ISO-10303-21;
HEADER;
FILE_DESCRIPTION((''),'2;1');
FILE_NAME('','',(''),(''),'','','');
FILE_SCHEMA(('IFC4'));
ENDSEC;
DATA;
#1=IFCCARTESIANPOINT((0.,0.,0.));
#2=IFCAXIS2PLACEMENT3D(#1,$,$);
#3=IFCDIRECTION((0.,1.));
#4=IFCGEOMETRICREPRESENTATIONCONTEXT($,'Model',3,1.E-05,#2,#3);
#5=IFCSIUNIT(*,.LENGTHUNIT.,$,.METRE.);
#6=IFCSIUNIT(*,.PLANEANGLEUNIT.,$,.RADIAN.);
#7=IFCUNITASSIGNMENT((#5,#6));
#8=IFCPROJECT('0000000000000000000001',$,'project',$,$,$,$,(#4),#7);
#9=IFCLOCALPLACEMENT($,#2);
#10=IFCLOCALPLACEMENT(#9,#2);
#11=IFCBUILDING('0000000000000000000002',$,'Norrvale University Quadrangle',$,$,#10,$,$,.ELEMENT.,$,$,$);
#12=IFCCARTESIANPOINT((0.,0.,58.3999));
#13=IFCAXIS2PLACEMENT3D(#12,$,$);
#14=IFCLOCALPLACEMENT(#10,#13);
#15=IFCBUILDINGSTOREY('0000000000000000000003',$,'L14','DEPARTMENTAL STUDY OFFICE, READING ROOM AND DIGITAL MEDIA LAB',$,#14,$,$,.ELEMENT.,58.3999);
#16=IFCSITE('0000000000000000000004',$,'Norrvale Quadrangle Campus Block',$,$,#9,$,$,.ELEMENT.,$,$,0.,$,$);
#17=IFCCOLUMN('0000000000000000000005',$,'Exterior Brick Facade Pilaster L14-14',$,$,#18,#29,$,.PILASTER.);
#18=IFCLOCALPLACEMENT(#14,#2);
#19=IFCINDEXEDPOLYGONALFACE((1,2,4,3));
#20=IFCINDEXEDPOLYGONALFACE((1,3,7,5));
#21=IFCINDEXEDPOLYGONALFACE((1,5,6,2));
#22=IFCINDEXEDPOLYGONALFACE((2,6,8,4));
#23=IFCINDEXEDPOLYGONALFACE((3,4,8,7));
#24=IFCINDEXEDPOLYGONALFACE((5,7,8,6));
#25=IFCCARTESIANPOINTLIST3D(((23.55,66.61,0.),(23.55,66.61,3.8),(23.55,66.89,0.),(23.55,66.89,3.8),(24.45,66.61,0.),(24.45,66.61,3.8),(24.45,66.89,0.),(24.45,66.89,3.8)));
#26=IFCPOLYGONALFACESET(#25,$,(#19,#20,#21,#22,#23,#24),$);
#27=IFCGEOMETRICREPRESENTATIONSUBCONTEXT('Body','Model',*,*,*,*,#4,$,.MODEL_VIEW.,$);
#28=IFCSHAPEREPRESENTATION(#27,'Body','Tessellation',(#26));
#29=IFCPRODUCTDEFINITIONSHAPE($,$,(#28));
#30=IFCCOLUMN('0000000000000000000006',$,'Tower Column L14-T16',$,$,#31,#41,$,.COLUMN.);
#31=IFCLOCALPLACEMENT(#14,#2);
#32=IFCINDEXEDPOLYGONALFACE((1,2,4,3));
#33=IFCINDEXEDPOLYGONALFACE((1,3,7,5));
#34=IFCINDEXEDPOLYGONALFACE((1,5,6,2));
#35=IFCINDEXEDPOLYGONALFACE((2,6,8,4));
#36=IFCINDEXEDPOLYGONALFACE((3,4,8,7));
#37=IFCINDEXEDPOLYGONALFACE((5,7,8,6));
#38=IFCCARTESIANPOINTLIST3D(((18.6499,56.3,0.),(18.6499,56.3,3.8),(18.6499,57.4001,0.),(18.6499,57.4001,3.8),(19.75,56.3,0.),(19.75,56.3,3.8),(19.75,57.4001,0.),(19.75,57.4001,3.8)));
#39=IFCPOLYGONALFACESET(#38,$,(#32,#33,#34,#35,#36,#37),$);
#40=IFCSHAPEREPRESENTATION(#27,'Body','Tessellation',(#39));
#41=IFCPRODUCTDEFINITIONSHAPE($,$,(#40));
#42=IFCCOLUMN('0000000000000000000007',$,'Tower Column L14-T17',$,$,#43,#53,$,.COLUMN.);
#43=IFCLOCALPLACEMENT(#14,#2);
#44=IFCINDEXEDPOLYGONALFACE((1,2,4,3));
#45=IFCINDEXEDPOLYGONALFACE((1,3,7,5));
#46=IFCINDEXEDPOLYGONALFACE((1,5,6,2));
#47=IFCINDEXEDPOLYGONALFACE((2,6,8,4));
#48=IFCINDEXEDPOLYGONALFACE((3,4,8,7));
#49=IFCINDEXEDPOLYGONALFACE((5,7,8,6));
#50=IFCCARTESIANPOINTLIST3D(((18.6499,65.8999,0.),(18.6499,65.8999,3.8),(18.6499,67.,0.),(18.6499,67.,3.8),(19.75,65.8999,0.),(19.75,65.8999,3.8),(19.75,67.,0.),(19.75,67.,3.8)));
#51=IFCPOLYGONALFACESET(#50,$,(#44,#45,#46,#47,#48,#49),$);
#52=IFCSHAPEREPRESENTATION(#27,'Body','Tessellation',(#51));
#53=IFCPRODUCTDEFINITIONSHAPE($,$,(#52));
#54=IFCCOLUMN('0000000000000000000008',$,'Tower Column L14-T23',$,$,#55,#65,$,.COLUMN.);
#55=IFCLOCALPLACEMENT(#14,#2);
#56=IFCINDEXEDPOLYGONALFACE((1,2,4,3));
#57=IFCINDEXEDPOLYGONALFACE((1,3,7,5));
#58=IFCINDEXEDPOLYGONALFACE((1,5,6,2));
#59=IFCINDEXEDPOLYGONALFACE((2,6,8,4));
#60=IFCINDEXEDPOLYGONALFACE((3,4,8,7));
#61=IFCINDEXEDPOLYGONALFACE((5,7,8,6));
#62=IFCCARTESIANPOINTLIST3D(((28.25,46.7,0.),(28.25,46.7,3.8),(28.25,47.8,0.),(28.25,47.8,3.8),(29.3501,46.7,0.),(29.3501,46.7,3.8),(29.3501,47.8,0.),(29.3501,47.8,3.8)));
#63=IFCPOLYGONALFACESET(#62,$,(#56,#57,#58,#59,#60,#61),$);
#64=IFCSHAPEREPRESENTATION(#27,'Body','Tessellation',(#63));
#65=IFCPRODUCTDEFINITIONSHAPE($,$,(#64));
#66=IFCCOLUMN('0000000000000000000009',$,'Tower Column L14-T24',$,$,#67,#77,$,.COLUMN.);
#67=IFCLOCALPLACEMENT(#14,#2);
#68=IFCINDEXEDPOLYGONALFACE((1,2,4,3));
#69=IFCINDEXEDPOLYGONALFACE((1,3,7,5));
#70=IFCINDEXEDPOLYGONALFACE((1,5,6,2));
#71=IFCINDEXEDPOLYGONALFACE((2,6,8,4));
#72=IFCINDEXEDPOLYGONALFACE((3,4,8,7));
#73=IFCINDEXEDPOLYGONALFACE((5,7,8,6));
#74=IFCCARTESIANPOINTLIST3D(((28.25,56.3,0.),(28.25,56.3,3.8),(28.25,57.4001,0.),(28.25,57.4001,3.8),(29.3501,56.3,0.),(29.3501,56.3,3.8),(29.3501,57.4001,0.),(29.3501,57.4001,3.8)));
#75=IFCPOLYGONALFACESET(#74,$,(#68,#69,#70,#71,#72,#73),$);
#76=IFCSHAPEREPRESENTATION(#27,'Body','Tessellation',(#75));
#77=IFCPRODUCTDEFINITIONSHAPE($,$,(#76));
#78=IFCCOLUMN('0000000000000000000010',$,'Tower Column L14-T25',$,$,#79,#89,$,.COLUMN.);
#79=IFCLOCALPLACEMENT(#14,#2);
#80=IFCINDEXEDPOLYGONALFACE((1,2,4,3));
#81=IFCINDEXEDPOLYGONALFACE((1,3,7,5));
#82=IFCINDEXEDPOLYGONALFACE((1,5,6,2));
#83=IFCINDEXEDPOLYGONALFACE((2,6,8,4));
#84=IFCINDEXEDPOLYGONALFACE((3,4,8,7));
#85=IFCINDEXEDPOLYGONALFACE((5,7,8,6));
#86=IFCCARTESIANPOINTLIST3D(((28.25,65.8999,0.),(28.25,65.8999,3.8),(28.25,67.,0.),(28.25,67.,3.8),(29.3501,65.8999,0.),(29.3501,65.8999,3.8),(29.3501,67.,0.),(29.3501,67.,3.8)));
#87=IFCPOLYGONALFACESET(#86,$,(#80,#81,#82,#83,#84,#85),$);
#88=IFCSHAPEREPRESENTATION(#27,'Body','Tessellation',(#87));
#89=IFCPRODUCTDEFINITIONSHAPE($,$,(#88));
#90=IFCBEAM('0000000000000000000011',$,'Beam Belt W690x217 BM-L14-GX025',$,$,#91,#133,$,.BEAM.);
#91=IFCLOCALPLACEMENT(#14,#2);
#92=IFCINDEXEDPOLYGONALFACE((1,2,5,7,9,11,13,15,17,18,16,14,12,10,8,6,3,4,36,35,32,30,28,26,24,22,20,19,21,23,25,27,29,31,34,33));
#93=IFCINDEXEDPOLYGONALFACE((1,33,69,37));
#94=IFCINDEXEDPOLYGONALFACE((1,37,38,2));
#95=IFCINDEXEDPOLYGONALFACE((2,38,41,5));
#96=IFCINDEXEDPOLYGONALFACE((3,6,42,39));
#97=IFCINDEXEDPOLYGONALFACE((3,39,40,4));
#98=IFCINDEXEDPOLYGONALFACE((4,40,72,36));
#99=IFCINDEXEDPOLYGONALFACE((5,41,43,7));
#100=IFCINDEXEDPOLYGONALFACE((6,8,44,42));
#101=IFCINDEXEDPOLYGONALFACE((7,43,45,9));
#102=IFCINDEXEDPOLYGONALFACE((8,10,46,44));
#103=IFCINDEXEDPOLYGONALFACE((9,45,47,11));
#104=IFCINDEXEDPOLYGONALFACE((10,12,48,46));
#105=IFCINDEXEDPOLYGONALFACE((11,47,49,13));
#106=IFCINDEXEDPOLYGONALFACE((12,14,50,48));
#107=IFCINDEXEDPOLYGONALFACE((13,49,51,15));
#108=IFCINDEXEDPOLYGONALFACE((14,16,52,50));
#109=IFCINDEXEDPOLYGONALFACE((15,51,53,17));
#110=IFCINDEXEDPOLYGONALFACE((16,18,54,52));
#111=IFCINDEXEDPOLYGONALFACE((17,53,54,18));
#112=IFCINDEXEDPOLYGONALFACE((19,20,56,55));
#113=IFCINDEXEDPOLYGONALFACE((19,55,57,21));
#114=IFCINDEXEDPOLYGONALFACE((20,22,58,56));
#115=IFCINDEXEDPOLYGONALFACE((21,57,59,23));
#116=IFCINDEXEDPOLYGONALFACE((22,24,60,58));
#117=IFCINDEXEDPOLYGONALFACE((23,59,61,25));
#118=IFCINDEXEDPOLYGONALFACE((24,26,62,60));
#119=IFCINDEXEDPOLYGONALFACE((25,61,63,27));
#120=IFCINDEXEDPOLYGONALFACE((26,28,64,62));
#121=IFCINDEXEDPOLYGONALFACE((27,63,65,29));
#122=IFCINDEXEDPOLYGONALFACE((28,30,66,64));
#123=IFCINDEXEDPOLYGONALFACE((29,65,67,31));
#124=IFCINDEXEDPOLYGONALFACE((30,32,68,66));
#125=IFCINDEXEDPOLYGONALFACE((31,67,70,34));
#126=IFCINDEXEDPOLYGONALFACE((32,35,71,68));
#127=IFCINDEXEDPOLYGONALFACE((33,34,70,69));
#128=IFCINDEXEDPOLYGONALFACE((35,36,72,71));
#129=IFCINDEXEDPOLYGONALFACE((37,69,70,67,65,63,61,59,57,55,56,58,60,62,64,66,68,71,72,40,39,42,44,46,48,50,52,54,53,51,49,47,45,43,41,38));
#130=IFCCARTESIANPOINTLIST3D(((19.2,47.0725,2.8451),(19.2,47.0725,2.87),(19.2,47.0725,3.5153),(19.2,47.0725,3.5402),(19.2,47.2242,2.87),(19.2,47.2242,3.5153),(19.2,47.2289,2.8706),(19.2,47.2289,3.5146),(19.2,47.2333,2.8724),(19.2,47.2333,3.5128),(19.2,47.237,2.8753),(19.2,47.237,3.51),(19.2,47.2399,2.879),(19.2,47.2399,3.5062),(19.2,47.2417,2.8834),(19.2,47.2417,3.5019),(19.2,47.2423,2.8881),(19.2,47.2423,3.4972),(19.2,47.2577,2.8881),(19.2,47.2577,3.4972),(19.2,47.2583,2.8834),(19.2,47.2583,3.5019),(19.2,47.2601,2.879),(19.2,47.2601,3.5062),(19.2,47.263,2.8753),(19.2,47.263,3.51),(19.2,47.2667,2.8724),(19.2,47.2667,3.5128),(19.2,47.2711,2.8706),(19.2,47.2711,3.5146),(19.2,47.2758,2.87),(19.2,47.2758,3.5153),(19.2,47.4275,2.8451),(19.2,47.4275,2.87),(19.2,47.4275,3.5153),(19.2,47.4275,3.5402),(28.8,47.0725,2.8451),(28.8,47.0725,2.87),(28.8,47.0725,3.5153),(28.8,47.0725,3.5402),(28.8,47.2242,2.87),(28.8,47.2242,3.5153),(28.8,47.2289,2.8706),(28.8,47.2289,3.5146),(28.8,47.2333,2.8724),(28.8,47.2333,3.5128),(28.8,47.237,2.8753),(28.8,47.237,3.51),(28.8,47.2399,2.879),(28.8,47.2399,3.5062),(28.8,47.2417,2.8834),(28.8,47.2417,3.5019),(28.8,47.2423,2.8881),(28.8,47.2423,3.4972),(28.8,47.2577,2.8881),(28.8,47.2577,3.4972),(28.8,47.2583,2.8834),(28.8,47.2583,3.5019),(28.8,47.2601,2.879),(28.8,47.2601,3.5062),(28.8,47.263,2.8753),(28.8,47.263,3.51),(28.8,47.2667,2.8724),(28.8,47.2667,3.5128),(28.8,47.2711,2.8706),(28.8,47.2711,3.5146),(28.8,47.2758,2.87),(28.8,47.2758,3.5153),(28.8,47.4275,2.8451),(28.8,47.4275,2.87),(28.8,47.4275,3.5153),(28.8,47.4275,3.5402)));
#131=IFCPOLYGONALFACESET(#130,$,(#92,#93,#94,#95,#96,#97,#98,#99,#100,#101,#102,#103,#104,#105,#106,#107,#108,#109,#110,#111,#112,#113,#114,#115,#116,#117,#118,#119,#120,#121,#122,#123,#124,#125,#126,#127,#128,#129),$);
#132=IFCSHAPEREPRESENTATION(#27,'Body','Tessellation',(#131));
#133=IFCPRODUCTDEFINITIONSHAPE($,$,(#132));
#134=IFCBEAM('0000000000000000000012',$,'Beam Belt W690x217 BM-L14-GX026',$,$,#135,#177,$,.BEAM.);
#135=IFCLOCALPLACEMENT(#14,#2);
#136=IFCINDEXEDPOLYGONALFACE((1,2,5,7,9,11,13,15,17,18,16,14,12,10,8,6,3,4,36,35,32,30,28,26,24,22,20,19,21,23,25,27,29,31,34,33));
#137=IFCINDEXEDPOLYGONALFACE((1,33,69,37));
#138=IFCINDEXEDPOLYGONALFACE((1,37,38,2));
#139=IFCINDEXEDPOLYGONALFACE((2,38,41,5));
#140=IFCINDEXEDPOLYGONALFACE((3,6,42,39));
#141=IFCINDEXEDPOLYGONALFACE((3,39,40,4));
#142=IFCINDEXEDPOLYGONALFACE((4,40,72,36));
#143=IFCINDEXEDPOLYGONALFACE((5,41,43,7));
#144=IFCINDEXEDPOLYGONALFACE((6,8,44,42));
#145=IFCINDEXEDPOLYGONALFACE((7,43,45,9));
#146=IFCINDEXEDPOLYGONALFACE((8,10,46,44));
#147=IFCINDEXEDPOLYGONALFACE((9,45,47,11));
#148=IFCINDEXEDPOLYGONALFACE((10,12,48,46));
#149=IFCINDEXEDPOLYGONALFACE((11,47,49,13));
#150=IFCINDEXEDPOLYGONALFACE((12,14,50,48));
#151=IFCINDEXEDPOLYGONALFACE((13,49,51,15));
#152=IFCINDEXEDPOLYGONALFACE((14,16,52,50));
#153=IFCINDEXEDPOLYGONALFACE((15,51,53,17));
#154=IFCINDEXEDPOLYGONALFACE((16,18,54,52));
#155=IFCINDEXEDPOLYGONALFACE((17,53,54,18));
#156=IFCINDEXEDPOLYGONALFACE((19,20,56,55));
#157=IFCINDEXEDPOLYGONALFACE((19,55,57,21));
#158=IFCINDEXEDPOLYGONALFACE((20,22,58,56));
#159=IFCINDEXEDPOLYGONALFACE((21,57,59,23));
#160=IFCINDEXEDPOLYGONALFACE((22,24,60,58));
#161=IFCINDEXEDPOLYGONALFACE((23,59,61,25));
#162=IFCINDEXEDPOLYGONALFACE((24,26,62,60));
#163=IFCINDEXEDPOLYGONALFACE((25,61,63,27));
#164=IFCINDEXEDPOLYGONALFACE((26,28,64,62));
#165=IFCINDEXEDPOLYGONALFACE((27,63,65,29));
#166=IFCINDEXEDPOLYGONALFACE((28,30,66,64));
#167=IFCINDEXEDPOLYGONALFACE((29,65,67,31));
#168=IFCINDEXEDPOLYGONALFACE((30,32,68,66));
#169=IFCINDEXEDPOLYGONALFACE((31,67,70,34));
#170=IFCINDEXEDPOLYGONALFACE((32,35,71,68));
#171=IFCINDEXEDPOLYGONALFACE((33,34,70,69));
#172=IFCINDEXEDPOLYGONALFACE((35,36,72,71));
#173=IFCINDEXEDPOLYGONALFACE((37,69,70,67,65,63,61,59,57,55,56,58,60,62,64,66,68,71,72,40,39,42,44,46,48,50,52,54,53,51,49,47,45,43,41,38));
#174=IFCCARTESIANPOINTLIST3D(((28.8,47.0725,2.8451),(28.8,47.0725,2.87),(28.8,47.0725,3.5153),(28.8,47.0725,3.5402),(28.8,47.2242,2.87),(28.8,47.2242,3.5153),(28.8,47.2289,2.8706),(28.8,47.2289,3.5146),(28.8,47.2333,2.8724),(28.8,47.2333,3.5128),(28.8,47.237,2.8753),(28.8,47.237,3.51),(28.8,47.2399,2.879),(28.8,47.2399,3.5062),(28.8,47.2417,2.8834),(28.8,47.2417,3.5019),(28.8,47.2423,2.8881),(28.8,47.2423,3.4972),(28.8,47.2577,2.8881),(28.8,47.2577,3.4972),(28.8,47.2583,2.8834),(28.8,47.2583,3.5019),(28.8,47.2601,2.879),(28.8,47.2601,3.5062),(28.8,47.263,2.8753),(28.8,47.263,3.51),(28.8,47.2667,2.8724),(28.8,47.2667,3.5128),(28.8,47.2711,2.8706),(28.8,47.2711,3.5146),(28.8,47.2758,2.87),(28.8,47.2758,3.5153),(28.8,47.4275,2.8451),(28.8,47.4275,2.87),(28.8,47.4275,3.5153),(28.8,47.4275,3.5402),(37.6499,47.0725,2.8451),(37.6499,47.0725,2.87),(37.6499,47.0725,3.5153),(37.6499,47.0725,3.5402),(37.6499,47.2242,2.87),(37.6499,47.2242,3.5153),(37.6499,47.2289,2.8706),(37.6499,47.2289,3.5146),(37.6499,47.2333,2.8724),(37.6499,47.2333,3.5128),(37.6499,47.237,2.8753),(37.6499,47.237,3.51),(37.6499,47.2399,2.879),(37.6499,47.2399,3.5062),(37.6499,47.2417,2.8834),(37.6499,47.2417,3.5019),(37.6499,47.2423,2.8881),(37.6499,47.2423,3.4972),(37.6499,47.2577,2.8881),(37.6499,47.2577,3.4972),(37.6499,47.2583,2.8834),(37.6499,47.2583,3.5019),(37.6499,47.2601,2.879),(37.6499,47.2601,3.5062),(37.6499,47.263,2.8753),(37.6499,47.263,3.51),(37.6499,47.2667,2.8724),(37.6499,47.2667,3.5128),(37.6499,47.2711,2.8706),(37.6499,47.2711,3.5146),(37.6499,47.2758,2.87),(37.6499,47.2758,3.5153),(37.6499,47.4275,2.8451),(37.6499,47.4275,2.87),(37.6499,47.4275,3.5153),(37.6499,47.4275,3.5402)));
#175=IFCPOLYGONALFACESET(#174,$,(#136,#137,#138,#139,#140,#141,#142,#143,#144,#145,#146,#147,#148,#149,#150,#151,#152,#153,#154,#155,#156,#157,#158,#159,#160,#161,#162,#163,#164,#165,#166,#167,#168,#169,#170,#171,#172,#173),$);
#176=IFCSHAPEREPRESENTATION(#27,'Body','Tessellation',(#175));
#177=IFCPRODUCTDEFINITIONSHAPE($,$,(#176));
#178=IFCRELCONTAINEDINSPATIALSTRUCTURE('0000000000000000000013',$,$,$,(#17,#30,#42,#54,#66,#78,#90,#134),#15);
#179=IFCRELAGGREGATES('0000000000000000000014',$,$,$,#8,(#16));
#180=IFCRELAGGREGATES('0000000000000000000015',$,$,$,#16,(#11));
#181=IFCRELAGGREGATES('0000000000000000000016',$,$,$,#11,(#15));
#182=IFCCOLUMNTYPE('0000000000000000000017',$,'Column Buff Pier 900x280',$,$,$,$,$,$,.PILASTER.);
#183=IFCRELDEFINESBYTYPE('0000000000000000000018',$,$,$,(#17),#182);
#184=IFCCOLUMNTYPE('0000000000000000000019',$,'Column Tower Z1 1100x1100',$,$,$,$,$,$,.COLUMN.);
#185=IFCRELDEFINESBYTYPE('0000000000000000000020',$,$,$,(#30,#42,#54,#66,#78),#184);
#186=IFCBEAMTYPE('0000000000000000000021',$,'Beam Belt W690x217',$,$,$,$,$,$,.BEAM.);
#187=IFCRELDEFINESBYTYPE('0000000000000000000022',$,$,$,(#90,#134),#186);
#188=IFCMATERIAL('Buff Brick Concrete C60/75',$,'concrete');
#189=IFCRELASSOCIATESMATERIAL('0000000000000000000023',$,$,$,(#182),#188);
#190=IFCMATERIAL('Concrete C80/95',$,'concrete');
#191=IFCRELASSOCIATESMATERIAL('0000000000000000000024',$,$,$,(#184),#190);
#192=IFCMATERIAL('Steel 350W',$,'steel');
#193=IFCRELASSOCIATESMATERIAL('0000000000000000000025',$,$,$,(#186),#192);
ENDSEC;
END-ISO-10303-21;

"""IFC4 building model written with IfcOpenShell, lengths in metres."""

from ifc_helpers import new_model, si_unit, direction, frame, origin, origin_2d, place, context, subcontext, project, spatial, rectangle, i_section, extrude, material, material_profile, profile_set, type_object, element, save


model = new_model("IFC4")

# Units and contexts
model_context = context("Model", 3, precision=1e-05, world=origin(), true_north=direction((0.0, 1.0)))
body_context = subcontext(model_context, "Body", "Model", "MODEL_VIEW")
ifc_project = project(units=[si_unit("LENGTHUNIT", "METRE"), si_unit("PLANEANGLEUNIT", "RADIAN")], contexts=[model_context])

# Site, building, storey
site_placement = place(None, origin())
site = spatial("IfcSite", under=ifc_project, at=site_placement, Name="Norrvale Quadrangle Campus Block", CompositionType="ELEMENT", RefElevation=0.0)
building_placement = place(site_placement, origin())
building = spatial("IfcBuilding", under=site, at=building_placement, Name="Norrvale University Quadrangle", CompositionType="ELEMENT")
storey_placement = place(building_placement, frame((0.0, 0.0, 58.3999)))
storey = spatial("IfcBuildingStorey", under=building, at=storey_placement, Name="L14", Description="DEPARTMENTAL STUDY OFFICE, READING ROOM AND DIGITAL MEDIA LAB", CompositionType="ELEMENT", Elevation=58.3999)

# Columns
ifc_material_1 = material(Name="Buff Brick Concrete C60/75", Category="concrete")
ifc_material_profile_1 = material_profile(ifc_material_1, rectangle(XDim=0.8999, YDim=0.28, at=origin_2d()), Name="Buff Brick Concrete C60/75")
ifc_profile_set_1 = profile_set([ifc_material_profile_1], Name="Buff Brick Concrete C60/75")
column_type_1 = type_object("IfcColumnType", Name="Column Buff Pier 900x280", PredefinedType="PILASTER", material=ifc_profile_set_1)
column_placement = place(storey_placement, frame((24.0, 66.75, 0.0), z_axis=(0.0, 0.0, 1.0), x_axis=(1.0, 0.0, 0.0)))
element("IfcColumn", 1, at=column_placement, inside=storey, type_object=column_type_1, Name="Exterior Brick Facade Pilaster L14-14", PredefinedType="PILASTER", context=body_context, shape_type="SweptSolid", body=[
    extrude(rectangle(XDim=0.8999, YDim=0.28, at=origin_2d()), origin(), (0.0, 0.0, 1.0), 3.8),
])
ifc_material_2 = material(Name="Concrete C80/95", Category="concrete")
ifc_material_profile_2 = material_profile(ifc_material_2, rectangle(XDim=1.1001, YDim=1.1001, at=origin_2d()), Name="Concrete C80/95")
ifc_profile_set_2 = profile_set([ifc_material_profile_2], Name="Concrete C80/95")
column_type_2 = type_object("IfcColumnType", Name="Column Tower Z1 1100x1100", PredefinedType="COLUMN", material=ifc_profile_set_2)
for number, where, z_axis, x_axis, name in (
    (2, (19.2, 56.8501, 0.0), (0.0, 0.0, 1.0), (1.0, 0.0, 0.0), "Tower Column L14-T16"),
    (3, (19.2, 66.45, 0.0), (0.0, 0.0, 1.0), (1.0, 0.0, 0.0), "Tower Column L14-T17"),
    (4, (28.8, 47.25, 0.0), (0.0, 0.0, 1.0), (1.0, 0.0, 0.0), "Tower Column L14-T23"),
    (5, (28.8, 56.8501, 0.0), (0.0, 0.0, 1.0), (1.0, 0.0, 0.0), "Tower Column L14-T24"),
    (6, (28.8, 66.45, 0.0), (0.0, 0.0, 1.0), (1.0, 0.0, 0.0), "Tower Column L14-T25"),
):
    element("IfcColumn", number, at=place(storey_placement, frame(where, z_axis=z_axis, x_axis=x_axis)), inside=storey, type_object=column_type_2, Name=name, PredefinedType="COLUMN", context=body_context, shape_type="SweptSolid", body=[
        extrude(rectangle(XDim=1.1001, YDim=1.1001, at=origin_2d()), origin(), (0.0, 0.0, 1.0), 3.8),
    ])

# Beams
ifc_material_3 = material(Name="Steel 350W", Category="steel")
ifc_material_profile_3 = material_profile(ifc_material_3, i_section(OverallWidth=0.355, OverallDepth=0.6951, WebThickness=0.0154, FlangeThickness=0.0249, FilletRadius=0.0181, at=origin_2d()), Name="Steel 350W")
ifc_profile_set_3 = profile_set([ifc_material_profile_3], Name="Steel 350W")
beam_type_1 = type_object("IfcBeamType", Name="Beam Belt W690x217", PredefinedType="BEAM", material=ifc_profile_set_3)
beam_1_placement = place(storey_placement, frame((19.2, 47.25, 3.1926), z_axis=(1.0, 0.0, 0.0), x_axis=(0.0, 1.0, 0.0)))
element("IfcBeam", 7, at=beam_1_placement, inside=storey, type_object=beam_type_1, Name="Beam Belt W690x217 BM-L14-GX025", PredefinedType="BEAM", context=body_context, shape_type="SweptSolid", body=[
    extrude(i_section(OverallWidth=0.355, OverallDepth=0.6951, WebThickness=0.0154, FlangeThickness=0.0249, FilletRadius=0.0181, at=origin_2d()), origin(), (0.0, 0.0, 1.0), 9.6001),
])
beam_2_placement = place(storey_placement, frame((28.8, 47.25, 3.1926), z_axis=(1.0, 0.0, 0.0), x_axis=(0.0, 1.0, 0.0)))
element("IfcBeam", 8, at=beam_2_placement, inside=storey, type_object=beam_type_1, Name="Beam Belt W690x217 BM-L14-GX026", PredefinedType="BEAM", context=body_context, shape_type="SweptSolid", body=[
    extrude(i_section(OverallWidth=0.355, OverallDepth=0.6951, WebThickness=0.0154, FlangeThickness=0.0249, FilletRadius=0.0181, at=origin_2d()), origin(), (0.0, 0.0, 1.0), 8.8499),
])

save(model, "model.ifc")
